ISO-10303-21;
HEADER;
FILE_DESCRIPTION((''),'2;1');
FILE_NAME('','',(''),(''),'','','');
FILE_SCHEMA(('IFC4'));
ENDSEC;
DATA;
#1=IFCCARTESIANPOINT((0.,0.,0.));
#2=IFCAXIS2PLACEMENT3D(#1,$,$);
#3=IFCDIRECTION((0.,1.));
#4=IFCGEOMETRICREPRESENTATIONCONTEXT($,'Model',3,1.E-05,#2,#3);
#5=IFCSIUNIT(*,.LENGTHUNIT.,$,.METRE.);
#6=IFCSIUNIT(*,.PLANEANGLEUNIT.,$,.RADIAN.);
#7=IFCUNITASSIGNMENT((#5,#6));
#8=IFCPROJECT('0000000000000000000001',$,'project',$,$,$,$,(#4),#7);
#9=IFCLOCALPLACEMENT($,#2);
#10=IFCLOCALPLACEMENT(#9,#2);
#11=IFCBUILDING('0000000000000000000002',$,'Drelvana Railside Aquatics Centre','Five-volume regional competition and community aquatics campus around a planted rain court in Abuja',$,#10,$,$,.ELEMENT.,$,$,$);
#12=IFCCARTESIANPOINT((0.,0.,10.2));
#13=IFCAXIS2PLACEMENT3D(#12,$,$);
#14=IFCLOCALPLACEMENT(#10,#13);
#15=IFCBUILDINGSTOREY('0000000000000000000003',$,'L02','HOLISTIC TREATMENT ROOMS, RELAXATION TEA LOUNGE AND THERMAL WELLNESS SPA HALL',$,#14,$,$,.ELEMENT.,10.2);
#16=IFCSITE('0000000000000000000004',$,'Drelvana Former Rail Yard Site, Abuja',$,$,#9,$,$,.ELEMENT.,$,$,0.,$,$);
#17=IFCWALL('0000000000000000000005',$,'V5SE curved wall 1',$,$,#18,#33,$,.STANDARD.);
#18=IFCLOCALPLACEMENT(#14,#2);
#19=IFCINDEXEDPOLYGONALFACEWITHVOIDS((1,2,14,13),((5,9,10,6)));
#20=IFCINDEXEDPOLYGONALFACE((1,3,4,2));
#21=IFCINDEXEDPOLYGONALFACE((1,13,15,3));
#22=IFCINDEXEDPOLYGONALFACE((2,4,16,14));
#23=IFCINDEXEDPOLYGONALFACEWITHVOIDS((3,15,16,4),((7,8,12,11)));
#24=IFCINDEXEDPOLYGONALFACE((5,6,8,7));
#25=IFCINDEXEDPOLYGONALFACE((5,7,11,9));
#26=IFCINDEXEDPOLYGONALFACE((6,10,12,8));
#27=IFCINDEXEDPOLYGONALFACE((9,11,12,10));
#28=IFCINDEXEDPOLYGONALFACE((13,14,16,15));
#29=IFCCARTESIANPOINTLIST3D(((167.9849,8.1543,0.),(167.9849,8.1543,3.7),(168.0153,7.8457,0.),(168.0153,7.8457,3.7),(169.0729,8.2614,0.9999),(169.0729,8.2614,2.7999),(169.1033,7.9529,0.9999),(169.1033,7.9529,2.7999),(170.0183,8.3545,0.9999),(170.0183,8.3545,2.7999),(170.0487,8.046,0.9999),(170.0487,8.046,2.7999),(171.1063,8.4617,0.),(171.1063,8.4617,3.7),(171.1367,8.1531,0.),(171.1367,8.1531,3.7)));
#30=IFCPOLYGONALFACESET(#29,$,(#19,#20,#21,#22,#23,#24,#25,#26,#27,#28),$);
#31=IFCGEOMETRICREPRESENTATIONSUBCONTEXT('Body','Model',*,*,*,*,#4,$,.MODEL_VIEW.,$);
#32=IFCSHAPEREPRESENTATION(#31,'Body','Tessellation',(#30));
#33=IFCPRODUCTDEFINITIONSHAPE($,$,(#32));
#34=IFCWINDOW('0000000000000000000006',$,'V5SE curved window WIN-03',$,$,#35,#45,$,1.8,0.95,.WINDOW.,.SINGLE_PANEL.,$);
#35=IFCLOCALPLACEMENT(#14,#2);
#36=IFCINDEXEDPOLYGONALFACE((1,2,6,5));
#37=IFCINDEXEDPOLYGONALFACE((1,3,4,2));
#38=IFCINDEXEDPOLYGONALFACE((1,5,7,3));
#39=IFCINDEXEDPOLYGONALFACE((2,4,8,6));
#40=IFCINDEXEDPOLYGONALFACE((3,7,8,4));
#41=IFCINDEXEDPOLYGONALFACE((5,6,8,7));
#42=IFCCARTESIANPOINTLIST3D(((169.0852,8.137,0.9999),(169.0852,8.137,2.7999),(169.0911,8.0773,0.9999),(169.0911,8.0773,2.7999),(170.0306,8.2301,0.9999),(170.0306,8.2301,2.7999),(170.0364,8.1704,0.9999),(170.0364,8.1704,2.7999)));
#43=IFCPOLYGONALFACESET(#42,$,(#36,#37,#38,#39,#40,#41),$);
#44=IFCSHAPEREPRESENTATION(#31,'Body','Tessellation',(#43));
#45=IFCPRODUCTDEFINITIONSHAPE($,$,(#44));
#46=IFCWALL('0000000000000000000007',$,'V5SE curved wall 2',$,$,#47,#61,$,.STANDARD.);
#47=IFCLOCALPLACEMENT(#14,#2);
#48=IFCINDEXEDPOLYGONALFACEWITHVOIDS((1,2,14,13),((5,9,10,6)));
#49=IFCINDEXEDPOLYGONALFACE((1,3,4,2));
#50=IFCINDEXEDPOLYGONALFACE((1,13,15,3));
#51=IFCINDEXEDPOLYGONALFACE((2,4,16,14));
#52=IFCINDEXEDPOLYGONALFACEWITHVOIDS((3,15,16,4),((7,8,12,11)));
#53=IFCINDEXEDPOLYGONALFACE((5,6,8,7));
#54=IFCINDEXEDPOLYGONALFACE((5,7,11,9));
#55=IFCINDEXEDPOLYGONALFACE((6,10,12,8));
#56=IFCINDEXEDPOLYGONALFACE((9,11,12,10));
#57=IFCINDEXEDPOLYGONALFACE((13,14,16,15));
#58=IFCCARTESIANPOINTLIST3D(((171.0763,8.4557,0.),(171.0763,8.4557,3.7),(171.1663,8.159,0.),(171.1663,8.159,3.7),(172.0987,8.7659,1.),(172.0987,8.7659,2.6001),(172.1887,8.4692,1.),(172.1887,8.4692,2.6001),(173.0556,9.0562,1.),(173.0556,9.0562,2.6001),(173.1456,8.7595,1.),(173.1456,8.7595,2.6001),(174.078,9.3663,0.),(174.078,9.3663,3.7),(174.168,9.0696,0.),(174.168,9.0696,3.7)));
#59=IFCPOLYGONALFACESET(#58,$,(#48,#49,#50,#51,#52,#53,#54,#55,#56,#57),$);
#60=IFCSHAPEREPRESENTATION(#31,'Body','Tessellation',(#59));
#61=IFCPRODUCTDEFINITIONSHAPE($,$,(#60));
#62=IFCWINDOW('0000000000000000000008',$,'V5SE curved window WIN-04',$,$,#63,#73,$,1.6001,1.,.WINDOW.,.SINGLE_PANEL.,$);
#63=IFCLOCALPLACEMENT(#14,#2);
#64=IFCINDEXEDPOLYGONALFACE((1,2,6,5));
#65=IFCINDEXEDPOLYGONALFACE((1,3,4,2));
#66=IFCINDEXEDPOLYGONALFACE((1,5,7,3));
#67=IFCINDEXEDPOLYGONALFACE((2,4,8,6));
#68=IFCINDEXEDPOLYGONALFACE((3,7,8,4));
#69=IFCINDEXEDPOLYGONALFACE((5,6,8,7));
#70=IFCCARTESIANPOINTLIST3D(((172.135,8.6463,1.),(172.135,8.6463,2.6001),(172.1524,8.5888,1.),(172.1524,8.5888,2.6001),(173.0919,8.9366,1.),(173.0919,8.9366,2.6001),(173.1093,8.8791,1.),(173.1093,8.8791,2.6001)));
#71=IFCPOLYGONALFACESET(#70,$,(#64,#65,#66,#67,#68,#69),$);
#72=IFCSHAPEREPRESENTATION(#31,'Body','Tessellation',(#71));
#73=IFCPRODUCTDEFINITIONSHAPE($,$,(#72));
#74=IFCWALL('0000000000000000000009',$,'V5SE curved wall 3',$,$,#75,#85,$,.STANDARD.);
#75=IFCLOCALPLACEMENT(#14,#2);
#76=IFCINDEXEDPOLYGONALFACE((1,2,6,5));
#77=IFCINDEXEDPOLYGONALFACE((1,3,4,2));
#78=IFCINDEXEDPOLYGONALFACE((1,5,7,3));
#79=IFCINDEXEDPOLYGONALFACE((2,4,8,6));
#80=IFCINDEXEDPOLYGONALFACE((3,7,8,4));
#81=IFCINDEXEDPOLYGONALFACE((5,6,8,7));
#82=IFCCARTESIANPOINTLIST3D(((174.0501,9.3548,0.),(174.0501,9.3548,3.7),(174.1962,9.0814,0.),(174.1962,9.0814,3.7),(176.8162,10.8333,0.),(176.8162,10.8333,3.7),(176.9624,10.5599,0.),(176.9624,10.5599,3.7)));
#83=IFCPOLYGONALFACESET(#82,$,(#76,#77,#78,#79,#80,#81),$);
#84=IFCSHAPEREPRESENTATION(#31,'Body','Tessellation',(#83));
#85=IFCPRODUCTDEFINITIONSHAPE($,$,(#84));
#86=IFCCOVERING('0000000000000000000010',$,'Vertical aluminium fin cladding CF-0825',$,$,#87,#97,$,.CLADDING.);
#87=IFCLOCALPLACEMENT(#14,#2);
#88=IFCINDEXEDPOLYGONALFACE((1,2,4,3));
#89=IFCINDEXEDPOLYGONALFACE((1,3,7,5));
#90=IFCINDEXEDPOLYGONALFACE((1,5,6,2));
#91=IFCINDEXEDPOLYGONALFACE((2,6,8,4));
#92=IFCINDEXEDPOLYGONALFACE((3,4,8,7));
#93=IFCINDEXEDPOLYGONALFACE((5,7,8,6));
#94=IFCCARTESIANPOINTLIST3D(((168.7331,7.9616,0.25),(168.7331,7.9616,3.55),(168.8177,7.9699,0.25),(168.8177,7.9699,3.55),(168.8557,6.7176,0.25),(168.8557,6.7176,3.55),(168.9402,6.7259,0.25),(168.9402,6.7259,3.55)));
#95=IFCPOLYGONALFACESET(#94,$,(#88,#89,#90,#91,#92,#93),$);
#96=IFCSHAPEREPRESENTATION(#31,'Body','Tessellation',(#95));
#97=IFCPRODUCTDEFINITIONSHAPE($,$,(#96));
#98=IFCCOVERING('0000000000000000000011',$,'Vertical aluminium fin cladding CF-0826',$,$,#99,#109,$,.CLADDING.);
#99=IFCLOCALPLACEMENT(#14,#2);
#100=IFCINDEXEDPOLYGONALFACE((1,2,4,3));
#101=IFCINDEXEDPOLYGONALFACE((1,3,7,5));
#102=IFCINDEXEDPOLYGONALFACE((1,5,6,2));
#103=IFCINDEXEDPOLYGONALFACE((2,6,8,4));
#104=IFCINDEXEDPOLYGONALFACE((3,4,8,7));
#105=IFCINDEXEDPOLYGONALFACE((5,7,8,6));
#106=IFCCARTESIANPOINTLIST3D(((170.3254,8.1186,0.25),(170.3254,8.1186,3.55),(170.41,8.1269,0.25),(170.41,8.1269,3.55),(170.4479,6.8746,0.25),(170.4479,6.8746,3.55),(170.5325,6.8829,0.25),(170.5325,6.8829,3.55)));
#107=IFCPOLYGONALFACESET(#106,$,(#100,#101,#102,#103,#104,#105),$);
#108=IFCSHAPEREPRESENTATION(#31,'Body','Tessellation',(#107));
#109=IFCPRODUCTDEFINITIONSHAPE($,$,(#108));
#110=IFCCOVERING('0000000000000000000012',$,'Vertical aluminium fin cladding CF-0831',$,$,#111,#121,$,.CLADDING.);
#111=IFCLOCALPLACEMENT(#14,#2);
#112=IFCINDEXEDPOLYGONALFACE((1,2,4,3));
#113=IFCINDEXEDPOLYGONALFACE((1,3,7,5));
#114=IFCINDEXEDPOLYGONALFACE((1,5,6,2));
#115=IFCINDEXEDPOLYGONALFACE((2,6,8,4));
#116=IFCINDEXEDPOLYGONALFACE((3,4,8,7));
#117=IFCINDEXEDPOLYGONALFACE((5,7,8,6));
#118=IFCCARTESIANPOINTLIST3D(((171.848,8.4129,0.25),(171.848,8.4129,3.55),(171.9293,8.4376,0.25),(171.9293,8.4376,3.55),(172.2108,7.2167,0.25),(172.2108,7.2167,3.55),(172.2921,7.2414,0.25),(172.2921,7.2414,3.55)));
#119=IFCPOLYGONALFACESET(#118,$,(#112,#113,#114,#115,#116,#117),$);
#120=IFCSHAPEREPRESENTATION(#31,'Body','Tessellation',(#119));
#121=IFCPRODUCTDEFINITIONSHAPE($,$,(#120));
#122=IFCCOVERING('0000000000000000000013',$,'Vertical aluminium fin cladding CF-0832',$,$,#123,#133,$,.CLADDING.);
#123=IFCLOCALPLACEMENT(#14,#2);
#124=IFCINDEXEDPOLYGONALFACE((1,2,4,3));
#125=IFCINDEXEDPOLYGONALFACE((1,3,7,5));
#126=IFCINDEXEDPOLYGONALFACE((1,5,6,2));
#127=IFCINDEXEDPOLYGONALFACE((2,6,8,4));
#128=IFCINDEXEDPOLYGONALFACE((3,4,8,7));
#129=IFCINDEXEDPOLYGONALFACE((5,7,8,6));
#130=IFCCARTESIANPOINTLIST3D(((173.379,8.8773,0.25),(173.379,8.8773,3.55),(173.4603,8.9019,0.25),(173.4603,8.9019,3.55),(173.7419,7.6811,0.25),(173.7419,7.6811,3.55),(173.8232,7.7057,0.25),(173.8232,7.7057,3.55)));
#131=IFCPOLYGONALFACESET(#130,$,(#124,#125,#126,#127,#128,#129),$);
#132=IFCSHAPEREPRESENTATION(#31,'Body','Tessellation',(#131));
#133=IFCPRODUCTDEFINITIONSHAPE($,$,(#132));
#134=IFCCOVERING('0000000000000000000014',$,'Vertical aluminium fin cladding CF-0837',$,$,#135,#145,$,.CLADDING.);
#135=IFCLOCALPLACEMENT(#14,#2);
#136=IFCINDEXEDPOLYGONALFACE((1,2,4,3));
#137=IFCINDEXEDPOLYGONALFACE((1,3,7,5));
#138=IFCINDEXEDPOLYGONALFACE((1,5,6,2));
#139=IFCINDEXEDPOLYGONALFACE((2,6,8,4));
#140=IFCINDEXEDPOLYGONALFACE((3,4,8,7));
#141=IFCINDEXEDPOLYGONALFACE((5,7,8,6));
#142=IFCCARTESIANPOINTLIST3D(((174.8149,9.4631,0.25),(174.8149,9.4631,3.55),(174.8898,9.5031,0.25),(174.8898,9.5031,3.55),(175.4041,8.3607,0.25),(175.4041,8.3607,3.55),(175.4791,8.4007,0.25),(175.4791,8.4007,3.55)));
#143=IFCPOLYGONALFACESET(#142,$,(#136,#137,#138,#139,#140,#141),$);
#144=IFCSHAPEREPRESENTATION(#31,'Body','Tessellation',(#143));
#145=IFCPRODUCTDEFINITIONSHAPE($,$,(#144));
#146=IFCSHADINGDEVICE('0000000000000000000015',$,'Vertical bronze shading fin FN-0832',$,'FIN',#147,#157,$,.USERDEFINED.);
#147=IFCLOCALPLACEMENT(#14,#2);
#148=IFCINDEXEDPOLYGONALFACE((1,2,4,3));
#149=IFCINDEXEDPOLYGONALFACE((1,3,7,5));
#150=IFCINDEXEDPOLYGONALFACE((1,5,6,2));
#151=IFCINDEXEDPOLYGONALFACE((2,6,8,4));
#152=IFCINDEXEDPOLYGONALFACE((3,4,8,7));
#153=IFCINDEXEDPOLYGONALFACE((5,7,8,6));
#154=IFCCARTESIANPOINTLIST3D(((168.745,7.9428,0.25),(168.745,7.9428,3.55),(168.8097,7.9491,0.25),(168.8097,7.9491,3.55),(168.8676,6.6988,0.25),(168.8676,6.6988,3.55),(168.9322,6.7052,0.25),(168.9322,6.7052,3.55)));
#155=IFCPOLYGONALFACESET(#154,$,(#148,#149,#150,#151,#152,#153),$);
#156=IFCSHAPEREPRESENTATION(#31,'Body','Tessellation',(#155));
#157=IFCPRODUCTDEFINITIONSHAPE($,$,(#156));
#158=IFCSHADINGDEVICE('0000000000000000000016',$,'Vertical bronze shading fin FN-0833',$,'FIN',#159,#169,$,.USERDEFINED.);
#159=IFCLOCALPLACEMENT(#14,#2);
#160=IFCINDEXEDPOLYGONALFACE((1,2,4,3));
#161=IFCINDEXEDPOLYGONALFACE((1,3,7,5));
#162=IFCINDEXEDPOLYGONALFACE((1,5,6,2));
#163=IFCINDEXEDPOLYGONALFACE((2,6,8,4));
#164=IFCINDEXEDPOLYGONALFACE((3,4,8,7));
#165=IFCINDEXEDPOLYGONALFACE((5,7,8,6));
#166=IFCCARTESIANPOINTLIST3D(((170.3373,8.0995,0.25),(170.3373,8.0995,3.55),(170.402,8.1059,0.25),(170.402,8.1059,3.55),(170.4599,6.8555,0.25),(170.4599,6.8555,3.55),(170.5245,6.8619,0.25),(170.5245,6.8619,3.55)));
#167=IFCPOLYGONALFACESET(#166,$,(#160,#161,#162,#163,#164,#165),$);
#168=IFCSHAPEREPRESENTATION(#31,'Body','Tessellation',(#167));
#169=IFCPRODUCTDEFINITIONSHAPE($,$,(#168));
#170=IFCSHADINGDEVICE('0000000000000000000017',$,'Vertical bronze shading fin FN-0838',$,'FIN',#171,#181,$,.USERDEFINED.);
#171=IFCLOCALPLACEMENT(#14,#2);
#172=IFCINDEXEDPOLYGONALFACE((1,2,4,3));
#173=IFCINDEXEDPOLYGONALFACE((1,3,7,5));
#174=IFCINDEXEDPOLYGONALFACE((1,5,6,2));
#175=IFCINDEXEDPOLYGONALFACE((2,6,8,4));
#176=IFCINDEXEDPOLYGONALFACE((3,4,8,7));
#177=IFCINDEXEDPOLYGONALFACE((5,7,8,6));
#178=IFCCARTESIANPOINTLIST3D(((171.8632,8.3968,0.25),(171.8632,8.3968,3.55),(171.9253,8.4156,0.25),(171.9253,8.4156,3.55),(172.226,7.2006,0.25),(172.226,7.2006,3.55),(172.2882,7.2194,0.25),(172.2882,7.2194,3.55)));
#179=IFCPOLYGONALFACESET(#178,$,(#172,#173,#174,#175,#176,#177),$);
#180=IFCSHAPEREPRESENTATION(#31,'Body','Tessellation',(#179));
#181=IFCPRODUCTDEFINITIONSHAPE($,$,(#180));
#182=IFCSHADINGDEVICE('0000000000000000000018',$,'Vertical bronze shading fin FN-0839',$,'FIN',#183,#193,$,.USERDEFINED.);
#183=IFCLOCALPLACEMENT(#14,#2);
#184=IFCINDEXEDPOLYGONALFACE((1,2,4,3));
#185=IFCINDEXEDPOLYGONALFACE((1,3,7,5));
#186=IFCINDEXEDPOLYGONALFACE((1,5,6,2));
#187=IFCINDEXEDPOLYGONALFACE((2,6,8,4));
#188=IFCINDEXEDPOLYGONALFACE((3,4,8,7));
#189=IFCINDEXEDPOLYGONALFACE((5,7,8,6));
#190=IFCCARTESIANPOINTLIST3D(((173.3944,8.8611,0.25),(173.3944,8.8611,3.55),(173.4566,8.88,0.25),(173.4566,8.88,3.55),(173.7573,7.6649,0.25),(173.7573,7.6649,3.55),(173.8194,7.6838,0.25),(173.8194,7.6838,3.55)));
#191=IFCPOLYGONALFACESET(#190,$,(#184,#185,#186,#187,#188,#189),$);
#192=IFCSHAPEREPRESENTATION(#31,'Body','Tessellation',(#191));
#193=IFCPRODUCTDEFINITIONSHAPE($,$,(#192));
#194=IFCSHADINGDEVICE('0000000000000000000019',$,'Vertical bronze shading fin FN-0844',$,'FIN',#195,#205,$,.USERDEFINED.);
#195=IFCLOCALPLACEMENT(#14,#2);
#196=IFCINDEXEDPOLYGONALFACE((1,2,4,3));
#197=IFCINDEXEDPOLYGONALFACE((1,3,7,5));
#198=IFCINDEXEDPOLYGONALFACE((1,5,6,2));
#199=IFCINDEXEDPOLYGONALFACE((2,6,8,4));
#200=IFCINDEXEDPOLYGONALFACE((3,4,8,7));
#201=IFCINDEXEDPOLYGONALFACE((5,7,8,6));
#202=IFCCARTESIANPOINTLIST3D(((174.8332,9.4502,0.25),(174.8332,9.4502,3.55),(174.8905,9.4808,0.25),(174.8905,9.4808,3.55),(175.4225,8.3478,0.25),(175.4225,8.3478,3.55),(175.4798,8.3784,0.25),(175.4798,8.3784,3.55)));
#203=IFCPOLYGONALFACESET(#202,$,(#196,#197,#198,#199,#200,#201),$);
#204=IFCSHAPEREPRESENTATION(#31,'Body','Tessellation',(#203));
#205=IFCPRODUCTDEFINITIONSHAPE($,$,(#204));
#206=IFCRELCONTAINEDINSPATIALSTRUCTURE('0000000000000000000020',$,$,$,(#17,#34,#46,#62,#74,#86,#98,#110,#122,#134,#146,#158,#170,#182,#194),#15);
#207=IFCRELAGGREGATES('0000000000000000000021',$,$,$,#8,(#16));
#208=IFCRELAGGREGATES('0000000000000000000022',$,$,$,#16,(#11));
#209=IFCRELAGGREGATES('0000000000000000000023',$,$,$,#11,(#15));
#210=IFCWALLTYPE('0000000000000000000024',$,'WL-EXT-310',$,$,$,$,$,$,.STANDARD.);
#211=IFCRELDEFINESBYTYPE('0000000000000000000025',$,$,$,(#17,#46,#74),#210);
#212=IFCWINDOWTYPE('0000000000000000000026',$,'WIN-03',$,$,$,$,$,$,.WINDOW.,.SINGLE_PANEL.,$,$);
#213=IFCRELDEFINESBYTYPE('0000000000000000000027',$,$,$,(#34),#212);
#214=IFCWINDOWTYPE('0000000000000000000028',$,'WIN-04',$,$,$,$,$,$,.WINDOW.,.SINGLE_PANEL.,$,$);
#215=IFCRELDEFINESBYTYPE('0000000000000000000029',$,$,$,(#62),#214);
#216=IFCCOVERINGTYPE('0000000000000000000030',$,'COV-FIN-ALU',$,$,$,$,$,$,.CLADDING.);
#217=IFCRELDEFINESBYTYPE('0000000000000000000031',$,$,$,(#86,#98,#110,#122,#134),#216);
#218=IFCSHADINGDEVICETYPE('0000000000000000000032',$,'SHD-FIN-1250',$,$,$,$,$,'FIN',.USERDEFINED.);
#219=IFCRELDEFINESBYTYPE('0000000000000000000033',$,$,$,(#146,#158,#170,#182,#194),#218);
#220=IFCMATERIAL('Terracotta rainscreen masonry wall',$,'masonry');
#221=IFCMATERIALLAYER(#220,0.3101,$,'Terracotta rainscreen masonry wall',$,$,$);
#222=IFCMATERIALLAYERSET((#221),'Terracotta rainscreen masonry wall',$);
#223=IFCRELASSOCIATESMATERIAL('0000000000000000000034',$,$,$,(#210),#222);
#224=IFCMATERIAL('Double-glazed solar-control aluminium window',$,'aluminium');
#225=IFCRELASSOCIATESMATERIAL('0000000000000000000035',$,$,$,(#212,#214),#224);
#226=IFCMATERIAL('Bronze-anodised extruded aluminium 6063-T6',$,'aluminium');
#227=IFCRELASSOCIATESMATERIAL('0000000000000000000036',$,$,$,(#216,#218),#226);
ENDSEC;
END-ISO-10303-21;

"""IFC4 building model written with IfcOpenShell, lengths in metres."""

from ifc_helpers import new_model, si_unit, direction, frame, frame_2d, origin, origin_2d, place, context, subcontext, project, spatial, rectangle, extrude, material, layer, layer_set, type_object, element, fill, save


model = new_model("IFC4")

# Units and contexts
model_context = context("Model", 3, precision=1e-05, world=origin(), true_north=direction((0.0, 1.0)))
body_context = subcontext(model_context, "Body", "Model", "MODEL_VIEW")
ifc_project = project(units=[si_unit("LENGTHUNIT", "METRE"), si_unit("PLANEANGLEUNIT", "RADIAN")], contexts=[model_context])

# Site, building, storey
site_placement = place(None, origin())
site = spatial("IfcSite", under=ifc_project, at=site_placement, Name="Drelvana Former Rail Yard Site, Abuja", CompositionType="ELEMENT", RefElevation=0.0)
building_placement = place(site_placement, origin())
building = spatial("IfcBuilding", under=site, at=building_placement, Name="Drelvana Railside Aquatics Centre", Description="Five-volume regional competition and community aquatics campus around a planted rain court in Abuja", CompositionType="ELEMENT")
storey_placement = place(building_placement, frame((0.0, 0.0, 10.2)))
storey = spatial("IfcBuildingStorey", under=building, at=storey_placement, Name="L02", Description="HOLISTIC TREATMENT ROOMS, RELAXATION TEA LOUNGE AND THERMAL WELLNESS SPA HALL", CompositionType="ELEMENT", Elevation=10.2)

# Walls, openings, windows
ifc_material_1 = material(Name="Terracotta rainscreen masonry wall", Category="masonry")
ifc_layer = layer(ifc_material_1, 0.3101, Name="Terracotta rainscreen masonry wall")
ifc_layer_set = layer_set([ifc_layer], Name="Terracotta rainscreen masonry wall")
wall_type = type_object("IfcWallType", Name="WL-EXT-310", PredefinedType="STANDARD", material=ifc_layer_set)
wall_1_placement = place(storey_placement, frame((168.0, 8.0, 0.0), z_axis=(0.0, 0.0, 1.0), x_axis=(0.995186, 0.098001, 0.0)))
wall_1 = element("IfcWall", 1, at=wall_1_placement, inside=storey, type_object=wall_type, Name="V5SE curved wall 1", PredefinedType="STANDARD", context=body_context, shape_type="SweptSolid", body=[
    extrude(rectangle(XDim=3.1365, YDim=0.3101, at=frame_2d((1.5684, 0.0))), origin(), (0.0, 0.0, 1.0), 3.7),
])
opening_1_placement = place(wall_1_placement, frame((1.0933, 0.0, 1.0)))
opening_1 = element("IfcOpeningElement", 2, at=opening_1_placement, cuts=wall_1, PredefinedType="OPENING", context=body_context, shape_type="SweptSolid", body=[
    extrude(rectangle(XDim=0.95, YDim=1.8, at=frame_2d((0.4751, 0.8999))), frame((0.0, 0.165, 0.0), z_axis=(0.0, -1.0, 0.0), x_axis=(1.0, 0.0, 0.0)), (0.0, 0.0, 1.0), 0.3301),
])
ifc_material_2 = material(Name="Double-glazed solar-control aluminium window", Category="aluminium")
window_type_1 = type_object("IfcWindowType", Name="WIN-03", PartitioningType="SINGLE_PANEL", PredefinedType="WINDOW", material=ifc_material_2)
window_1_placement = place(opening_1_placement, origin())
window_1 = element("IfcWindow", 3, at=window_1_placement, inside=storey, type_object=window_type_1, Name="V5SE curved window WIN-03", OverallHeight=1.8, OverallWidth=0.95, PartitioningType="SINGLE_PANEL", PredefinedType="WINDOW", context=body_context, shape_type="SweptSolid", body=[
    extrude(rectangle(XDim=0.95, YDim=1.8, at=frame_2d((0.4751, 0.8999))), frame((0.0, 0.03, 0.0), z_axis=(0.0, -1.0, 0.0), x_axis=(1.0, 0.0, 0.0)), (0.0, 0.0, 1.0), 0.0601),
])
fill(opening_1, window_1)
wall_2_placement = place(storey_placement, frame((171.1213, 8.3074, 0.0), z_axis=(0.0, 0.0, 1.0), x_axis=(0.956933, 0.29031, 0.0)))
wall_2 = element("IfcWall", 4, at=wall_2_placement, inside=storey, type_object=wall_type, Name="V5SE curved wall 2", PredefinedType="STANDARD", context=body_context, shape_type="SweptSolid", body=[
    extrude(rectangle(XDim=3.1367, YDim=0.3101, at=frame_2d((1.5684, 0.0))), origin(), (0.0, 0.0, 1.0), 3.7),
])
opening_2_placement = place(wall_2_placement, frame((1.0684, 0.0, 1.0)))
opening_2 = element("IfcOpeningElement", 5, at=opening_2_placement, cuts=wall_2, PredefinedType="OPENING", context=body_context, shape_type="SweptSolid", body=[
    extrude(rectangle(XDim=1.0, YDim=1.6001, at=frame_2d((0.5, 0.8))), frame((0.0, 0.165, 0.0), z_axis=(0.0, -1.0, 0.0), x_axis=(1.0, 0.0, 0.0)), (0.0, 0.0, 1.0), 0.3301),
])
window_type_2 = type_object("IfcWindowType", Name="WIN-04", PartitioningType="SINGLE_PANEL", PredefinedType="WINDOW", material=ifc_material_2)
window_2_placement = place(opening_2_placement, origin())
window_2 = element("IfcWindow", 6, at=window_2_placement, inside=storey, type_object=window_type_2, Name="V5SE curved window WIN-04", OverallHeight=1.6001, OverallWidth=1.0, PartitioningType="SINGLE_PANEL", PredefinedType="WINDOW", context=body_context, shape_type="SweptSolid", body=[
    extrude(rectangle(XDim=1.0, YDim=1.6001, at=frame_2d((0.5, 0.8))), frame((0.0, 0.03, 0.0), z_axis=(0.0, -1.0, 0.0), x_axis=(1.0, 0.0, 0.0)), (0.0, 0.0, 1.0), 0.0601),
])
fill(opening_2, window_2)

# Wall
wall_3_placement = place(storey_placement, frame((174.123, 9.218, 0.0), z_axis=(0.0, 0.0, 1.0), x_axis=(0.881922, 0.471396, 0.0)))
element("IfcWall", 7, at=wall_3_placement, inside=storey, type_object=wall_type, Name="V5SE curved wall 3", PredefinedType="STANDARD", context=body_context, shape_type="SweptSolid", body=[
    extrude(rectangle(XDim=3.1365, YDim=0.3101, at=frame_2d((1.5684, 0.0))), origin(), (0.0, 0.0, 1.0), 3.7),
])

# Coverings
ifc_material_3 = material(Name="Bronze-anodised extruded aluminium 6063-T6", Category="aluminium")
covering_type = type_object("IfcCoveringType", Name="COV-FIN-ALU", PredefinedType="CLADDING", material=ifc_material_3)
for number, where, z_axis, x_axis, name in (
    (8, (168.8367, 7.3438, 0.25), (0.0, 0.0, 1.0), (-0.995185, -0.098017, 0.0), "Vertical aluminium fin cladding CF-0825"),
    (9, (170.429, 7.5007, 0.25), (0.0, 0.0, 1.0), (-0.995185, -0.098017, 0.0), "Vertical aluminium fin cladding CF-0826"),
    (10, (172.0701, 7.8271, 0.25), (0.0, 0.0, 1.0), (-0.95694, -0.290285, 0.0), "Vertical aluminium fin cladding CF-0831"),
    (11, (173.6011, 8.2915, 0.25), (0.0, 0.0, 1.0), (-0.95694, -0.290285, 0.0), "Vertical aluminium fin cladding CF-0832"),
    (12, (175.147, 8.9319, 0.25), (0.0, 0.0, 1.0), (-0.881921, -0.471397, 0.0), "Vertical aluminium fin cladding CF-0837"),
):
    element("IfcCovering", number, at=place(storey_placement, frame(where, z_axis=z_axis, x_axis=x_axis)), inside=storey, type_object=covering_type, Name=name, PredefinedType="CLADDING", context=body_context, shape_type="SweptSolid", body=[
        extrude(rectangle(XDim=0.085, YDim=1.25, at=origin_2d()), origin(), (0.0, 0.0, 1.0), 3.3),
    ])

# Shading devices
shading_device_type = type_object("IfcShadingDeviceType", Name="SHD-FIN-1250", ElementType="FIN", PredefinedType="USERDEFINED", material=ifc_material_3)
for number, where, z_axis, x_axis, name in (
    (13, (168.8386, 7.324, 0.25), (0.0, 0.0, 1.0), (0.098017, -0.995185, 0.0), "Vertical bronze shading fin FN-0832"),
    (14, (170.4309, 7.4807, 0.25), (0.0, 0.0, 1.0), (0.098017, -0.995185, 0.0), "Vertical bronze shading fin FN-0833"),
    (15, (172.0757, 7.8081, 0.25), (0.0, 0.0, 1.0), (0.290285, -0.95694, 0.0), "Vertical bronze shading fin FN-0838"),
    (16, (173.6069, 8.2725, 0.25), (0.0, 0.0, 1.0), (0.290285, -0.95694, 0.0), "Vertical bronze shading fin FN-0839"),
    (17, (175.1565, 8.9143, 0.25), (0.0, 0.0, 1.0), (0.471397, -0.881921, 0.0), "Vertical bronze shading fin FN-0844"),
):
    element("IfcShadingDevice", number, at=place(storey_placement, frame(where, z_axis=z_axis, x_axis=x_axis)), inside=storey, type_object=shading_device_type, Name=name, ObjectType="FIN", PredefinedType="USERDEFINED", context=body_context, shape_type="SweptSolid", body=[
        extrude(rectangle(XDim=1.25, YDim=0.0649, at=origin_2d()), origin(), (0.0, 0.0, 1.0), 3.3),
    ])

save(model, "model.ifc")
